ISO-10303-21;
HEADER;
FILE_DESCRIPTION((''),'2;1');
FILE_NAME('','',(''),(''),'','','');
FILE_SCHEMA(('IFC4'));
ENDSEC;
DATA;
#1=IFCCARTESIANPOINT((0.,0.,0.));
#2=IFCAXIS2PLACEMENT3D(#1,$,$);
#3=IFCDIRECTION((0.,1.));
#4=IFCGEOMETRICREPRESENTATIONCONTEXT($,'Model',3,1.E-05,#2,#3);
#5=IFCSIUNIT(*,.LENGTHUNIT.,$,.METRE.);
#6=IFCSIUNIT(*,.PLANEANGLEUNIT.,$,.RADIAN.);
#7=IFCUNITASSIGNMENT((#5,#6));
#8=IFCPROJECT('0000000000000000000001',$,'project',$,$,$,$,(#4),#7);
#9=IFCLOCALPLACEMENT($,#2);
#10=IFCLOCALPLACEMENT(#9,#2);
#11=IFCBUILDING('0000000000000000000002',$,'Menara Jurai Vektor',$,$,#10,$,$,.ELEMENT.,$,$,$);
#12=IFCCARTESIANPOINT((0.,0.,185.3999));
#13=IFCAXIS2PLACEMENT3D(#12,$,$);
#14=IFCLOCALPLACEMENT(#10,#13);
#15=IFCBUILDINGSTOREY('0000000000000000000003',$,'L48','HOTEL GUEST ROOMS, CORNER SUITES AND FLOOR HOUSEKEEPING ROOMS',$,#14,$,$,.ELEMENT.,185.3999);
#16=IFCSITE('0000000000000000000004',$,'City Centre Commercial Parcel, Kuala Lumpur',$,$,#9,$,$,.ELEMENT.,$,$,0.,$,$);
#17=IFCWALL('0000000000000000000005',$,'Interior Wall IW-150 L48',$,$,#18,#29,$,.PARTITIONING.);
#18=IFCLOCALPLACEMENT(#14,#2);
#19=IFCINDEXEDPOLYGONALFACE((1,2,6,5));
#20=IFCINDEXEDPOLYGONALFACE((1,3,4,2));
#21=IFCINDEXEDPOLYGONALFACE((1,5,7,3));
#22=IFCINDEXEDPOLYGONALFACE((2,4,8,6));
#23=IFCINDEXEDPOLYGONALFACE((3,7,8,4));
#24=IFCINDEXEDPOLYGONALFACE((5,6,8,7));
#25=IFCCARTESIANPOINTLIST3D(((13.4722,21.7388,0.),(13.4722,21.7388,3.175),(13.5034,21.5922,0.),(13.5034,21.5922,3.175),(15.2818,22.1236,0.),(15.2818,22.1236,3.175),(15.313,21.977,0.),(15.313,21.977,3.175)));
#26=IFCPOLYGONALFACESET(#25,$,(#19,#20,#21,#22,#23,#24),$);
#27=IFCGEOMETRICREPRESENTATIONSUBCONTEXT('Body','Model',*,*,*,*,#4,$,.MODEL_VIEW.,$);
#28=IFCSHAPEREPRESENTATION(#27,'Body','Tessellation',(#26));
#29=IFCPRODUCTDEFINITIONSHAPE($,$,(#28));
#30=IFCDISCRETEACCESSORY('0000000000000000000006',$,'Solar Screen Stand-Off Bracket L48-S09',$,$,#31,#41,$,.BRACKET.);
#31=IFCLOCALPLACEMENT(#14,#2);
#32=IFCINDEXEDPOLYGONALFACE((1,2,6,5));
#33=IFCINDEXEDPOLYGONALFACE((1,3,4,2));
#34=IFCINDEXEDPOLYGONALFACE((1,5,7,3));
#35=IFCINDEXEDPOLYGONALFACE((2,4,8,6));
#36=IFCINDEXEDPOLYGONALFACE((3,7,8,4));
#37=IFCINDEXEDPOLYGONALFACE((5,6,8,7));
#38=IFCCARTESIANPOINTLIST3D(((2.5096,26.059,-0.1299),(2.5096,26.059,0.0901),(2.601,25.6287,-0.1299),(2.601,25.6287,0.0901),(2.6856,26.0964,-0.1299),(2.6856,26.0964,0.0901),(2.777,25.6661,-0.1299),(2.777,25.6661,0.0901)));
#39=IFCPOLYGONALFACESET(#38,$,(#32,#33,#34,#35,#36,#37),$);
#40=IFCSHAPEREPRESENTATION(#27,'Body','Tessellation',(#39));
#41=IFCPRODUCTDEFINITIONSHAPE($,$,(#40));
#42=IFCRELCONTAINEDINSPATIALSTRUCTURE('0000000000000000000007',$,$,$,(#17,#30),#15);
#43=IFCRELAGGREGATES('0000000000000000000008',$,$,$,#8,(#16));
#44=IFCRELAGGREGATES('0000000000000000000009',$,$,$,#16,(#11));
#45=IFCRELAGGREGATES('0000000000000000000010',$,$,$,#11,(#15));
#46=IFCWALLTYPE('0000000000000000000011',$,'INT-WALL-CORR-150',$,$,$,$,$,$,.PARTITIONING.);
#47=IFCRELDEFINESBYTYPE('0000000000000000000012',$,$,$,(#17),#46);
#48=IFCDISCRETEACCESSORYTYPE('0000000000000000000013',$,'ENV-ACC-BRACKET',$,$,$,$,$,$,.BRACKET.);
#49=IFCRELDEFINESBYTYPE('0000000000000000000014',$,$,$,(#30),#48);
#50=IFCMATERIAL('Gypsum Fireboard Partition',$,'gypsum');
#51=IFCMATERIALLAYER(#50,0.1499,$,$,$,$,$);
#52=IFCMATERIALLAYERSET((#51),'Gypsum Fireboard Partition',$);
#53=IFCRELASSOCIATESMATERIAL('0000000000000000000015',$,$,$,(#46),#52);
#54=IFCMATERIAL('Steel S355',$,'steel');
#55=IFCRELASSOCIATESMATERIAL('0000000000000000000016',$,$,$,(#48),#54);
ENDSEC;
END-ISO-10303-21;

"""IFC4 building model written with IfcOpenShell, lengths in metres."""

from ifc_helpers import new_model, si_unit, direction, frame, frame_2d, origin, origin_2d, place, context, subcontext, project, spatial, rectangle, extrude, material, layer, layer_set, type_object, element, save


model = new_model("IFC4")

# Units and contexts
model_context = context("Model", 3, precision=1e-05, world=origin(), true_north=direction((0.0, 1.0)))
body_context = subcontext(model_context, "Body", "Model", "MODEL_VIEW")
ifc_project = project(units=[si_unit("LENGTHUNIT", "METRE"), si_unit("PLANEANGLEUNIT", "RADIAN")], contexts=[model_context])

# Site, building, storey
site_placement = place(None, origin())
site = spatial("IfcSite", under=ifc_project, at=site_placement, Name="City Centre Commercial Parcel, Kuala Lumpur", CompositionType="ELEMENT", RefElevation=0.0)
building_placement = place(site_placement, origin())
building = spatial("IfcBuilding", under=site, at=building_placement, Name="Menara Jurai Vektor", CompositionType="ELEMENT")
storey_placement = place(building_placement, frame((0.0, 0.0, 185.3999)))
storey = spatial("IfcBuildingStorey", under=building, at=storey_placement, Name="L48", Description="HOTEL GUEST ROOMS, CORNER SUITES AND FLOOR HOUSEKEEPING ROOMS", CompositionType="ELEMENT", Elevation=185.3999)

# Shared definitions
ifc_material_1 = material(Name="Steel S355", Category="steel")

# Shared definitions
ifc_material_2 = material(Name="Gypsum Fireboard Partition", Category="gypsum")
ifc_layer_1 = layer(ifc_material_2, 0.1499)
ifc_layer_set_1 = layer_set([ifc_layer_1], Name="Gypsum Fireboard Partition")
wall_type = type_object("IfcWallType", Name="INT-WALL-CORR-150", PredefinedType="PARTITIONING", material=ifc_layer_set_1)

# Wall
for number, where, z_axis, x_axis, name in (
    (1, (13.4878, 21.6655, 0.0), (0.0, 0.0, 1.0), (0.978133, 0.207979, 0.0), "Interior Wall IW-150 L48"),
):
    element("IfcWall", number, at=place(storey_placement, frame(where, z_axis=z_axis, x_axis=x_axis)), inside=storey, type_object=wall_type, Name=name, PredefinedType="PARTITIONING", context=body_context, shape_type="SweptSolid", body=[
        extrude(rectangle(XDim=1.8501, YDim=0.1499, at=frame_2d((0.925, 0.0))), origin(), (0.0, 0.0, 1.0), 3.175),
    ])

# Discrete accessory
discrete_accessory_type = type_object("IfcDiscreteAccessoryType", Name="ENV-ACC-BRACKET", PredefinedType="BRACKET", material=ifc_material_1)
discrete_accessory_placement = place(storey_placement, frame((2.6433, 25.8625, -0.1299), z_axis=(0.0, 0.0, 1.0), x_axis=(-0.978148, -0.207912, 0.0)))
element("IfcDiscreteAccessory", 2, at=discrete_accessory_placement, inside=storey, type_object=discrete_accessory_type, Name="Solar Screen Stand-Off Bracket L48-S09", PredefinedType="BRACKET", context=body_context, shape_type="SweptSolid", body=[
    extrude(rectangle(XDim=0.1799, YDim=0.4399, at=origin_2d()), origin(), (0.0, 0.0, 1.0), 0.22),
])

save(model, "model.ifc")
